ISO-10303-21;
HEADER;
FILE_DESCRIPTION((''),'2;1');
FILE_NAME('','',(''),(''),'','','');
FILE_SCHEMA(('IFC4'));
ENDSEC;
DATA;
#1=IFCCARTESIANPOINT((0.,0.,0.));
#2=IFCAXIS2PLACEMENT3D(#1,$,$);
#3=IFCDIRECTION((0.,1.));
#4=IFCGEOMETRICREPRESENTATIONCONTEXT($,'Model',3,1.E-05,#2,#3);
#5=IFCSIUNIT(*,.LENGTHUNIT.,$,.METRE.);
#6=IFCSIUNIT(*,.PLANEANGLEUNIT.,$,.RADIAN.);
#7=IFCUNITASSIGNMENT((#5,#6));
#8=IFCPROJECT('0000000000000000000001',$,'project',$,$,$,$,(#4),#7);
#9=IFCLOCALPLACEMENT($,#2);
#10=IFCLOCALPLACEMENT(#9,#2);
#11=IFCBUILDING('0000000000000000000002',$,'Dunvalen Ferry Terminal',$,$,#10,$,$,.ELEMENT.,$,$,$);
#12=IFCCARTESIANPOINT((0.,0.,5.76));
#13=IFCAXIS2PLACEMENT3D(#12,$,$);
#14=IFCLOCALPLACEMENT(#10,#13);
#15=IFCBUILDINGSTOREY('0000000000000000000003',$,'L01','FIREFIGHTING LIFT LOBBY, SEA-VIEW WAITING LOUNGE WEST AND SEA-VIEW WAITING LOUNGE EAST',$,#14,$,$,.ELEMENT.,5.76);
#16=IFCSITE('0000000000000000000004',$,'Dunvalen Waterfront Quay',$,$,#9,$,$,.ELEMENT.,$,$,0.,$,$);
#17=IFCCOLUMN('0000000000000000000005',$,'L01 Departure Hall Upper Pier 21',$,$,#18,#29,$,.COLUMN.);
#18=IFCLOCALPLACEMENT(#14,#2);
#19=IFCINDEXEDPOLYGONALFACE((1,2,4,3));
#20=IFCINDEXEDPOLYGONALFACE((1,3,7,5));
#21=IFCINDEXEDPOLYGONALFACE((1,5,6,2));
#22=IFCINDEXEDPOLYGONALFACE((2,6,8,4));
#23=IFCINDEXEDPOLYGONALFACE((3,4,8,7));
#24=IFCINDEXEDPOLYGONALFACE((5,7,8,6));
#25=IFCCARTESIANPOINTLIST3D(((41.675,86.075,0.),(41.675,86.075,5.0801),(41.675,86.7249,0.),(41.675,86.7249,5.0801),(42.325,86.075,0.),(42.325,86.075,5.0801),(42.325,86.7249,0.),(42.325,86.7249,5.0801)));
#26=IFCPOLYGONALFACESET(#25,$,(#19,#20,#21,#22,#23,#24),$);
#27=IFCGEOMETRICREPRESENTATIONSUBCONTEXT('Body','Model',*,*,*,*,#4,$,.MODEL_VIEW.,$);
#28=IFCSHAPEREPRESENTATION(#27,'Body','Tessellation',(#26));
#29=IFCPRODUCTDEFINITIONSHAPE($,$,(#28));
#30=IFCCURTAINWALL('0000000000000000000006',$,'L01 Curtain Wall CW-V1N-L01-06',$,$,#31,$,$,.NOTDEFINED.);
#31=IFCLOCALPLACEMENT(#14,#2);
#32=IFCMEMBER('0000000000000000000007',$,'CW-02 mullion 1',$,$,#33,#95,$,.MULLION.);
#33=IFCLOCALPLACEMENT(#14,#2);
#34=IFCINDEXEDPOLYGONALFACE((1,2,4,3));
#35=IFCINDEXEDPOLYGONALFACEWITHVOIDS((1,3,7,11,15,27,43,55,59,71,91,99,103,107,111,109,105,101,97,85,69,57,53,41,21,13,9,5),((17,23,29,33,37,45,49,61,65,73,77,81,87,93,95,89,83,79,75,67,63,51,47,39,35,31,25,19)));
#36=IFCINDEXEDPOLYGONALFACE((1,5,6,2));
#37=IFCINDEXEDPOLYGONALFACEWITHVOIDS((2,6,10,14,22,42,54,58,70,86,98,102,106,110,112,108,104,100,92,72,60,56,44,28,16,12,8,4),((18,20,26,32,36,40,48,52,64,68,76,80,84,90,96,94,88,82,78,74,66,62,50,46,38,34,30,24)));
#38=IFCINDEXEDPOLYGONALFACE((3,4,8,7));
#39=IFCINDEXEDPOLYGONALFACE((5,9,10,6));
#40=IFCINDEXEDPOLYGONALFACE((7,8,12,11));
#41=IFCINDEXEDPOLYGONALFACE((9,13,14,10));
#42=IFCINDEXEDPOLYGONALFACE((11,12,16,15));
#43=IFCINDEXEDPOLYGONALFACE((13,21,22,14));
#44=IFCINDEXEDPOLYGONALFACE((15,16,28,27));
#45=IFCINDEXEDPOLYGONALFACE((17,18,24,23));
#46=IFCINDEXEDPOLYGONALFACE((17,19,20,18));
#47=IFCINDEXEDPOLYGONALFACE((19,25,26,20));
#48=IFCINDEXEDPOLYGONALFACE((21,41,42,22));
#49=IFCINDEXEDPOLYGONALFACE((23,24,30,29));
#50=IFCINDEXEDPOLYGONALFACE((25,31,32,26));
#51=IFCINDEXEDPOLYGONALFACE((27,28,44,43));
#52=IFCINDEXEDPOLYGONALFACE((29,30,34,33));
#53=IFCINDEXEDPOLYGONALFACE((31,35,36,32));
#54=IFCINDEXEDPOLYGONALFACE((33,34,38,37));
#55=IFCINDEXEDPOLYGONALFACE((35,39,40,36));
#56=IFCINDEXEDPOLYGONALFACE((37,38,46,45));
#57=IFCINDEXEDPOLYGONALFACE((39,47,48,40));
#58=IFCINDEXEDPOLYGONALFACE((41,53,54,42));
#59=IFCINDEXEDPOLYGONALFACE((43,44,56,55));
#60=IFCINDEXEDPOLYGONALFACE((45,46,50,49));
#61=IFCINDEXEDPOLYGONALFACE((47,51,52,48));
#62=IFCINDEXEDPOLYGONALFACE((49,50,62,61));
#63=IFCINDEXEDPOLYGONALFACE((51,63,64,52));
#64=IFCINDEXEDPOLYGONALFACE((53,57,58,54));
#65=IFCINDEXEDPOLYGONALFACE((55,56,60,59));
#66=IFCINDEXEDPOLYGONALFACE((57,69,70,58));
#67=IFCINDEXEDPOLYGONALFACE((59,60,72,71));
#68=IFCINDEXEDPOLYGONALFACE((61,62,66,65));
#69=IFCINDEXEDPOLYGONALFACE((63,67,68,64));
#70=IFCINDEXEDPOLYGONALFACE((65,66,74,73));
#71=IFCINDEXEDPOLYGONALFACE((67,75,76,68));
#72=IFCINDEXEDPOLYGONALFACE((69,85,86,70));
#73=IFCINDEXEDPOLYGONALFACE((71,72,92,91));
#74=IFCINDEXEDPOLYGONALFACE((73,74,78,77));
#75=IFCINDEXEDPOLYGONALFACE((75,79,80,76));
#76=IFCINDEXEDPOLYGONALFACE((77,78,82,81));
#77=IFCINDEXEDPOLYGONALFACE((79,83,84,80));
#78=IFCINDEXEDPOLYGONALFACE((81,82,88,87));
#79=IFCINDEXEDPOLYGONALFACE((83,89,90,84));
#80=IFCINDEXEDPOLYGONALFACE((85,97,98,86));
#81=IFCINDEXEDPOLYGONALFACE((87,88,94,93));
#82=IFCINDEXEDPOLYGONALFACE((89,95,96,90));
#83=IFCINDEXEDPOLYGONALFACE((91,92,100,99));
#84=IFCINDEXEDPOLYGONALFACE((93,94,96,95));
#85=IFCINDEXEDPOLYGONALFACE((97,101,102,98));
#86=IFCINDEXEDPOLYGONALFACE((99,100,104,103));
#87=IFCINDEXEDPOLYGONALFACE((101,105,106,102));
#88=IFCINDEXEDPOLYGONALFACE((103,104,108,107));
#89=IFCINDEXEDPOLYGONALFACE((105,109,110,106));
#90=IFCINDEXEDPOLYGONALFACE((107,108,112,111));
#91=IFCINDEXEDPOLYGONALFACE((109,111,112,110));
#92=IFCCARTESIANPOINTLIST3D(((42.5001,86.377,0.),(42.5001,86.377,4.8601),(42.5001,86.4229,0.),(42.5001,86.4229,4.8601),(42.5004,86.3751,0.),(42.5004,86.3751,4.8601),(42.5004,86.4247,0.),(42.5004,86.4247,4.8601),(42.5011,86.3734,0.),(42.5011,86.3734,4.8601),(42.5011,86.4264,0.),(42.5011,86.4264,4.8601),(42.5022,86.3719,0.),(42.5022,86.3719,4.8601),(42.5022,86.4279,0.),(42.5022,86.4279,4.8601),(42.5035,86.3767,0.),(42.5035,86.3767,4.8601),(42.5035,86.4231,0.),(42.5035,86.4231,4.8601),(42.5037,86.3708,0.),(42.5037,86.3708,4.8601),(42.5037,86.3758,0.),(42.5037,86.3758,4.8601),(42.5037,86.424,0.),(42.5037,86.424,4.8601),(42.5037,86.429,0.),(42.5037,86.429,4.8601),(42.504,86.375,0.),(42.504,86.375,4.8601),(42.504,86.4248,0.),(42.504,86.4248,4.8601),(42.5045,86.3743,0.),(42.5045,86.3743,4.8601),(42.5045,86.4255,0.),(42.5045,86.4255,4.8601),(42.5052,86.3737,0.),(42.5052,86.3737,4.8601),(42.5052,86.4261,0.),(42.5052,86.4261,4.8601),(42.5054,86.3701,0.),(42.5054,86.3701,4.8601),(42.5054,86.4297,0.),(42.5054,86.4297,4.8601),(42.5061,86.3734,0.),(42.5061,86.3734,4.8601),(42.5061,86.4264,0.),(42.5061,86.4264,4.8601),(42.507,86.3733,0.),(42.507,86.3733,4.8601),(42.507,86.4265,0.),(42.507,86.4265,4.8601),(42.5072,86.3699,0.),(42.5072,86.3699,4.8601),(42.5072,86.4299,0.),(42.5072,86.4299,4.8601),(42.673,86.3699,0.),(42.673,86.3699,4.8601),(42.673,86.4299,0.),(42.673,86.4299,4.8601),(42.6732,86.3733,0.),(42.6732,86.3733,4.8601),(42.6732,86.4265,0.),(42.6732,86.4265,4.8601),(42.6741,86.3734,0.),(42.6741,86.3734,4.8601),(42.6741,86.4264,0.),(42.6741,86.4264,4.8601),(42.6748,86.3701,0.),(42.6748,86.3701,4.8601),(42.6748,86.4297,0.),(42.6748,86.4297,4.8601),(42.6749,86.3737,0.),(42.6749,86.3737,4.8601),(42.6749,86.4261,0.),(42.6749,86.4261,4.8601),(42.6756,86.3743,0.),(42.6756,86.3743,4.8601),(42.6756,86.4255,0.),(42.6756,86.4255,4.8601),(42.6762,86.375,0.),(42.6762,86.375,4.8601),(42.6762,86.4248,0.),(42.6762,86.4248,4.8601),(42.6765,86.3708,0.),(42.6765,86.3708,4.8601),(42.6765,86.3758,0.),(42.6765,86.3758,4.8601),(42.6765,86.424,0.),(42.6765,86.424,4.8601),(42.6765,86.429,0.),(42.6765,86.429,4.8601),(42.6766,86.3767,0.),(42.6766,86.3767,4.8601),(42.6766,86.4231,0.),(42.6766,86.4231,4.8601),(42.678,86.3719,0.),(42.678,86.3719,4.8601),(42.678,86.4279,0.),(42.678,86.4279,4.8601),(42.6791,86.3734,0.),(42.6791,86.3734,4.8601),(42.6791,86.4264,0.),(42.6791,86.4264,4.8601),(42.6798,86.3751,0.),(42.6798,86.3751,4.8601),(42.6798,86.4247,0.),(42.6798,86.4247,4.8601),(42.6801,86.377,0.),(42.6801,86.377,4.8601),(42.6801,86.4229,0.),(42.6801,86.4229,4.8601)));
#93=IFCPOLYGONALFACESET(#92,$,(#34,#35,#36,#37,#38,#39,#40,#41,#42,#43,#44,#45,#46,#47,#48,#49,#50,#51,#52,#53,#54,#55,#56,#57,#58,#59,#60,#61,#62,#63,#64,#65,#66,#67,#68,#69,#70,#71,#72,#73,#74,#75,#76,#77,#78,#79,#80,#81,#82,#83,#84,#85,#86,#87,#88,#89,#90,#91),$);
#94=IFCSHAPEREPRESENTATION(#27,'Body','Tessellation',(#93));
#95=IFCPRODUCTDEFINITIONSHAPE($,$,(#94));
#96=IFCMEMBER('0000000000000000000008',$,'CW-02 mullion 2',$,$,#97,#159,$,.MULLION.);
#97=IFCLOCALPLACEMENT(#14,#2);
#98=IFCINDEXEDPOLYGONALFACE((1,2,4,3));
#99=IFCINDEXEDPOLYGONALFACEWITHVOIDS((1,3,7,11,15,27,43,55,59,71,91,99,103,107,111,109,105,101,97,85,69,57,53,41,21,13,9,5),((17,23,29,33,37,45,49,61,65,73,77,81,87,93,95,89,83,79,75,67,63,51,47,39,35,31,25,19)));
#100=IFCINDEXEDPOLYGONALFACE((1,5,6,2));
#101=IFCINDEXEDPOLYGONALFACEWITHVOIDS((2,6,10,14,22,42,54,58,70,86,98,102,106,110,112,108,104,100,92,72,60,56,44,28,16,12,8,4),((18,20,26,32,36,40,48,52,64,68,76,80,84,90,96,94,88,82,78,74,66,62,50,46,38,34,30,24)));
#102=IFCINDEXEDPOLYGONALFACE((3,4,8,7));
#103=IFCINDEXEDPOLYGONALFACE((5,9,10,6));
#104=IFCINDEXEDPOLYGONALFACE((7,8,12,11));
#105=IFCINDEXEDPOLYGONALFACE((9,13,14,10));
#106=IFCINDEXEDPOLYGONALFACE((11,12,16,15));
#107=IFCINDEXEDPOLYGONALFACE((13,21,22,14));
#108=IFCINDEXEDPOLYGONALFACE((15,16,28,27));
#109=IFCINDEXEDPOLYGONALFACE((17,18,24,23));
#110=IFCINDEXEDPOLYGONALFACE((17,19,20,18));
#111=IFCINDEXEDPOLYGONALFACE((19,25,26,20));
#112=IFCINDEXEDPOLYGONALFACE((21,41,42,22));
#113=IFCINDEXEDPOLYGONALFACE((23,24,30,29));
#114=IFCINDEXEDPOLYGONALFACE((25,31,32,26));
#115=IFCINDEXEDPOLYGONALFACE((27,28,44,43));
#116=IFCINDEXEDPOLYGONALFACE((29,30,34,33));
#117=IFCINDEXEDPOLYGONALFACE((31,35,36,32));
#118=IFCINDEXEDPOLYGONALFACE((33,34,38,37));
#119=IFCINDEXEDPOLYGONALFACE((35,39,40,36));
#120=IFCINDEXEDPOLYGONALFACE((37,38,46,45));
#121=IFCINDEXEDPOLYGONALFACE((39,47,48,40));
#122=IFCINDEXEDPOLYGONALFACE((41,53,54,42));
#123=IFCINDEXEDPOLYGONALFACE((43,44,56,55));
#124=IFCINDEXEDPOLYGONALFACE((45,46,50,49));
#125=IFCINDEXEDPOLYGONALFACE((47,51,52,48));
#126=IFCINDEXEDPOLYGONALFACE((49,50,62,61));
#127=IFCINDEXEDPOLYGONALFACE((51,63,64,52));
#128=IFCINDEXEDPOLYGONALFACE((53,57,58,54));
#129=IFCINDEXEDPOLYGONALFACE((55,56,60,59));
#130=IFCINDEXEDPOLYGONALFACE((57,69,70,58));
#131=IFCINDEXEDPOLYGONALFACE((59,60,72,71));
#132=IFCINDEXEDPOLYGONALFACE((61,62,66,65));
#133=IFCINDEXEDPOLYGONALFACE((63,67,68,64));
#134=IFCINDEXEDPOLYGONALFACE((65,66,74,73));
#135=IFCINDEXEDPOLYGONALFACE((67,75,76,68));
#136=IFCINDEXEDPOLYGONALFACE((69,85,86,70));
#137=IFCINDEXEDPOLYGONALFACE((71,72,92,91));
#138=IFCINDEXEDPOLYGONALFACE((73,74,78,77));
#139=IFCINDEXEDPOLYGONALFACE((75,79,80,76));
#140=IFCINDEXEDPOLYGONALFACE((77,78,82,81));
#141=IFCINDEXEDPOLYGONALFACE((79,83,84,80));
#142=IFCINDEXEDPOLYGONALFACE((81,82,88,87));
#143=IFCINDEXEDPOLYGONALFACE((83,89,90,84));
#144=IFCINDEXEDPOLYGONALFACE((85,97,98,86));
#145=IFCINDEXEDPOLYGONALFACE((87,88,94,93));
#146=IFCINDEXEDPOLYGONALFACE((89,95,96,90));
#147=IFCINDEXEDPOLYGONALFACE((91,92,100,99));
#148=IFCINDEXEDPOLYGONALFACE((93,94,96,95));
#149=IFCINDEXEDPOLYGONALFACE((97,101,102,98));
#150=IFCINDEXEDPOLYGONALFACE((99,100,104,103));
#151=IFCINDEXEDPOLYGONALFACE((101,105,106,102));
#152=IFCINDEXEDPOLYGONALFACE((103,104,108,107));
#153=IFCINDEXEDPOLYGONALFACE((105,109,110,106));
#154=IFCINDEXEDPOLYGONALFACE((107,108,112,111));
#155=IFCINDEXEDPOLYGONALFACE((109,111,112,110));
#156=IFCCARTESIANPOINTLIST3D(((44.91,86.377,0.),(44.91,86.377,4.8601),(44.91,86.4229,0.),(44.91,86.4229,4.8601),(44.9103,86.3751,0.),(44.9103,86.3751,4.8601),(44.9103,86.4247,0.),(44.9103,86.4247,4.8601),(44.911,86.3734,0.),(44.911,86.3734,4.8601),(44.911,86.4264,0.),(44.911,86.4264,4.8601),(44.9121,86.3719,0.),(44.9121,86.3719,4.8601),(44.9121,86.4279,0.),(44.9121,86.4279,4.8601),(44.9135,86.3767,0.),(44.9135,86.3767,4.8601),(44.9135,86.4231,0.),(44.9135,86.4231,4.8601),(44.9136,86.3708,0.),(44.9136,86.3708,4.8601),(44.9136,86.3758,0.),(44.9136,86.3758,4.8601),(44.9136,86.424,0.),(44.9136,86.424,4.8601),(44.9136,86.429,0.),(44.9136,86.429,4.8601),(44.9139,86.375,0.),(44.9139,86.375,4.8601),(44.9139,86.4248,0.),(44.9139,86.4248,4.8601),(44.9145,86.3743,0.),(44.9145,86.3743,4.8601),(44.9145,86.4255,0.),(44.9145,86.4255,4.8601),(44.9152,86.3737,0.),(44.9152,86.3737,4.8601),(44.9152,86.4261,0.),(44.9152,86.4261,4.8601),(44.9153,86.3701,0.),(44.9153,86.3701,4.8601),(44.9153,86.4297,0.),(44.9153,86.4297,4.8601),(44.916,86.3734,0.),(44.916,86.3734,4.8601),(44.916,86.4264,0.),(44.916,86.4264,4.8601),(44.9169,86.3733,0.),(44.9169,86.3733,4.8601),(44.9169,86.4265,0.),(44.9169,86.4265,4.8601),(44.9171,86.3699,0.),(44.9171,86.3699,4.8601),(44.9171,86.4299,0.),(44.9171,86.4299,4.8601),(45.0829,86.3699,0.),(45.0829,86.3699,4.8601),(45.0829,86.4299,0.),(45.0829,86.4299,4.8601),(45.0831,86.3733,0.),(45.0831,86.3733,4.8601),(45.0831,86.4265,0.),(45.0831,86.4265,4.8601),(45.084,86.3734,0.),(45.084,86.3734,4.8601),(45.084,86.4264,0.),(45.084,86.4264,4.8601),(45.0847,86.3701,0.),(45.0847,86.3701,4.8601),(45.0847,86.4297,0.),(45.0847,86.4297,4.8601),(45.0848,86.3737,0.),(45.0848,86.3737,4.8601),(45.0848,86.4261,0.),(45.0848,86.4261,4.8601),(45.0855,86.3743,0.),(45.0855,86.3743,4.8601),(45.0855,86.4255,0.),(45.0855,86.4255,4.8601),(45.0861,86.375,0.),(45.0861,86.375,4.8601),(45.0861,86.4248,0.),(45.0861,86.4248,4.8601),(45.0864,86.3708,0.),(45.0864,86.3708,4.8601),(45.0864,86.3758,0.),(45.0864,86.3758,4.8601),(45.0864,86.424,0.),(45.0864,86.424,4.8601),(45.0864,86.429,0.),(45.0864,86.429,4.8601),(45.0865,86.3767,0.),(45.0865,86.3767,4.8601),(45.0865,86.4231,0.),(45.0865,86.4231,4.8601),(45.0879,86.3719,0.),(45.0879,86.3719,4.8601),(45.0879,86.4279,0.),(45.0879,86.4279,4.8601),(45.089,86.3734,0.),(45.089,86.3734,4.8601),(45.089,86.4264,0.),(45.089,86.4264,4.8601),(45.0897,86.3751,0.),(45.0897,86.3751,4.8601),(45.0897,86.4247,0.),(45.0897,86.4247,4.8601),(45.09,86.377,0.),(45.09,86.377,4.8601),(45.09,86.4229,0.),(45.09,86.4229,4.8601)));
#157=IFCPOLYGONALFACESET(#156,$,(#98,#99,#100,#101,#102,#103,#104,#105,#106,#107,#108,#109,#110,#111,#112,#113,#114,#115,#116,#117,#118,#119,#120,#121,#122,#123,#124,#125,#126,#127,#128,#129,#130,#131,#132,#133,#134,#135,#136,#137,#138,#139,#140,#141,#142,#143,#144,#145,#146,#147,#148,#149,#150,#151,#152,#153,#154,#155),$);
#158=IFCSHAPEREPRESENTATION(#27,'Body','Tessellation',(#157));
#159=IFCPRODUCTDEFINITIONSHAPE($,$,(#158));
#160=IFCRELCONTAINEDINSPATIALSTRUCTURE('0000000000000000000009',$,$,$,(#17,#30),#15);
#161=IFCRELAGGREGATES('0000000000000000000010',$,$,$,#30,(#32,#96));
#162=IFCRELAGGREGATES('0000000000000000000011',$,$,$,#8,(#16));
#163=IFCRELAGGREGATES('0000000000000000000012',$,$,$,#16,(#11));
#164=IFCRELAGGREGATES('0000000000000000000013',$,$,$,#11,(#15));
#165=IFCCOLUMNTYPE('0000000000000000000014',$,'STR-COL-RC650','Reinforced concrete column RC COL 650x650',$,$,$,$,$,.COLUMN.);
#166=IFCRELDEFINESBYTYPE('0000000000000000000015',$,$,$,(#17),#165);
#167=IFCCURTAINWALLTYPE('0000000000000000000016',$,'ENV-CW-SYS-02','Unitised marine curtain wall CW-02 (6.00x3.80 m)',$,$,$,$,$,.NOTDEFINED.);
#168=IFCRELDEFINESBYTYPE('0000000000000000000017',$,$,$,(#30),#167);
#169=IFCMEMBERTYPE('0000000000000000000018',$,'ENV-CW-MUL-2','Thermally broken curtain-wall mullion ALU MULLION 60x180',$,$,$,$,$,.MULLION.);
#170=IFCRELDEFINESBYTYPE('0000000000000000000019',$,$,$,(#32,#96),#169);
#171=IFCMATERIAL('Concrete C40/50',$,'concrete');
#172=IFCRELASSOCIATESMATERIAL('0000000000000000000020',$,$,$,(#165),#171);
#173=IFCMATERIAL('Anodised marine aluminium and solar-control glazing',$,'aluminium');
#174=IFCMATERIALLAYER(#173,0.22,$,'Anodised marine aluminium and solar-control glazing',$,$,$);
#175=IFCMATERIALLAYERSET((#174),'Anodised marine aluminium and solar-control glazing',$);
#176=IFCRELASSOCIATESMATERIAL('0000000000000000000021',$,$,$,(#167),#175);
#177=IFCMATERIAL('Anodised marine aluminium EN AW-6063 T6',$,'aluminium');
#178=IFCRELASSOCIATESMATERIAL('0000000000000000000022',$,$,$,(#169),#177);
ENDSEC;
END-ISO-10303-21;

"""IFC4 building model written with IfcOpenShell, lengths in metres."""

from ifc_helpers import new_model, si_unit, direction, frame, origin, origin_2d, place, context, subcontext, project, spatial, rectangle, hollow_rectangle, extrude, material, layer, layer_set, material_profile, profile_set, type_object, element, aggregate, save


model = new_model("IFC4")

# Units and contexts
model_context = context("Model", 3, precision=1e-05, world=origin(), true_north=direction((0.0, 1.0)))
body_context = subcontext(model_context, "Body", "Model", "MODEL_VIEW")
ifc_project = project(units=[si_unit("LENGTHUNIT", "METRE"), si_unit("PLANEANGLEUNIT", "RADIAN")], contexts=[model_context])

# Site, building, storey
site_placement = place(None, origin())
site = spatial("IfcSite", under=ifc_project, at=site_placement, Name="Dunvalen Waterfront Quay", CompositionType="ELEMENT", RefElevation=0.0)
building_placement = place(site_placement, origin())
building = spatial("IfcBuilding", under=site, at=building_placement, Name="Dunvalen Ferry Terminal", CompositionType="ELEMENT")
storey_placement = place(building_placement, frame((0.0, 0.0, 5.76)))
storey = spatial("IfcBuildingStorey", under=building, at=storey_placement, Name="L01", Description="FIREFIGHTING LIFT LOBBY, SEA-VIEW WAITING LOUNGE WEST AND SEA-VIEW WAITING LOUNGE EAST", CompositionType="ELEMENT", Elevation=5.76)

# Column
ifc_material_1 = material(Name="Concrete C40/50", Category="concrete")
ifc_material_profile_1 = material_profile(ifc_material_1, rectangle(XDim=0.6499, YDim=0.6499, at=origin_2d()), Name="Concrete C40/50")
ifc_profile_set_1 = profile_set([ifc_material_profile_1], Name="Concrete C40/50")
column_type = type_object("IfcColumnType", Name="STR-COL-RC650", Description="Reinforced concrete column RC COL 650x650", PredefinedType="COLUMN", material=ifc_profile_set_1)
column_placement = place(storey_placement, frame((42.0, 86.3999, 0.0), z_axis=(0.0, 0.0, 1.0), x_axis=(1.0, 0.0, 0.0)))
element("IfcColumn", 1, at=column_placement, inside=storey, type_object=column_type, Name="L01 Departure Hall Upper Pier 21", PredefinedType="COLUMN", context=body_context, shape_type="SweptSolid", body=[
    extrude(rectangle(XDim=0.6499, YDim=0.6499, at=origin_2d()), origin(), (0.0, 0.0, 1.0), 5.0801),
])

# Curtain wall, members
ifc_material_2 = material(Name="Anodised marine aluminium and solar-control glazing", Category="aluminium")
ifc_layer_1 = layer(ifc_material_2, 0.22, Name="Anodised marine aluminium and solar-control glazing")
ifc_layer_set_1 = layer_set([ifc_layer_1], Name="Anodised marine aluminium and solar-control glazing")
curtain_wall_type = type_object("IfcCurtainWallType", Name="ENV-CW-SYS-02", Description="Unitised marine curtain wall CW-02 (6.00x3.80 m)", PredefinedType="NOTDEFINED", material=ifc_layer_set_1)
curtain_wall_placement = place(storey_placement, origin())
curtain_wall = element("IfcCurtainWall", 2, at=curtain_wall_placement, inside=storey, type_object=curtain_wall_type, Name="L01 Curtain Wall CW-V1N-L01-06", PredefinedType="NOTDEFINED")
ifc_material_3 = material(Name="Anodised marine aluminium EN AW-6063 T6", Category="aluminium")
ifc_material_profile_2 = material_profile(ifc_material_3, hollow_rectangle(XDim=0.0601, YDim=0.1799, WallThickness=0.0034, InnerFilletRadius=0.0034, OuterFilletRadius=0.0071, at=origin_2d()), Name="Anodised marine aluminium EN AW-6063 T6")
ifc_profile_set_2 = profile_set([ifc_material_profile_2], Name="Anodised marine aluminium EN AW-6063 T6")
member_type_1 = type_object("IfcMemberType", Name="ENV-CW-MUL-2", Description="Thermally broken curtain-wall mullion ALU MULLION 60x180", PredefinedType="MULLION", material=ifc_profile_set_2)
member_1_placement = place(storey_placement, frame((42.5901, 86.3999, 0.0), z_axis=(0.0, 0.0, 1.0), x_axis=(0.0, 1.0, 0.0)))
member_1 = element("IfcMember", 3, at=member_1_placement, type_object=member_type_1, Name="CW-02 mullion 1", PredefinedType="MULLION", context=body_context, shape_type="SweptSolid", body=[
    extrude(hollow_rectangle(XDim=0.0601, YDim=0.1799, WallThickness=0.0034, InnerFilletRadius=0.0034, OuterFilletRadius=0.0071, at=origin_2d()), origin(), (0.0, 0.0, 1.0), 4.8601),
])
member_2_placement = place(storey_placement, frame((45.0, 86.3999, 0.0), z_axis=(0.0, 0.0, 1.0), x_axis=(0.0, 1.0, 0.0)))
member_2 = element("IfcMember", 4, at=member_2_placement, type_object=member_type_1, Name="CW-02 mullion 2", PredefinedType="MULLION", context=body_context, shape_type="SweptSolid", body=[
    extrude(hollow_rectangle(XDim=0.0601, YDim=0.1799, WallThickness=0.0034, InnerFilletRadius=0.0034, OuterFilletRadius=0.0071, at=origin_2d()), origin(), (0.0, 0.0, 1.0), 4.8601),
])

aggregate(curtain_wall, [member_1, member_2])

save(model, "model.ifc")
